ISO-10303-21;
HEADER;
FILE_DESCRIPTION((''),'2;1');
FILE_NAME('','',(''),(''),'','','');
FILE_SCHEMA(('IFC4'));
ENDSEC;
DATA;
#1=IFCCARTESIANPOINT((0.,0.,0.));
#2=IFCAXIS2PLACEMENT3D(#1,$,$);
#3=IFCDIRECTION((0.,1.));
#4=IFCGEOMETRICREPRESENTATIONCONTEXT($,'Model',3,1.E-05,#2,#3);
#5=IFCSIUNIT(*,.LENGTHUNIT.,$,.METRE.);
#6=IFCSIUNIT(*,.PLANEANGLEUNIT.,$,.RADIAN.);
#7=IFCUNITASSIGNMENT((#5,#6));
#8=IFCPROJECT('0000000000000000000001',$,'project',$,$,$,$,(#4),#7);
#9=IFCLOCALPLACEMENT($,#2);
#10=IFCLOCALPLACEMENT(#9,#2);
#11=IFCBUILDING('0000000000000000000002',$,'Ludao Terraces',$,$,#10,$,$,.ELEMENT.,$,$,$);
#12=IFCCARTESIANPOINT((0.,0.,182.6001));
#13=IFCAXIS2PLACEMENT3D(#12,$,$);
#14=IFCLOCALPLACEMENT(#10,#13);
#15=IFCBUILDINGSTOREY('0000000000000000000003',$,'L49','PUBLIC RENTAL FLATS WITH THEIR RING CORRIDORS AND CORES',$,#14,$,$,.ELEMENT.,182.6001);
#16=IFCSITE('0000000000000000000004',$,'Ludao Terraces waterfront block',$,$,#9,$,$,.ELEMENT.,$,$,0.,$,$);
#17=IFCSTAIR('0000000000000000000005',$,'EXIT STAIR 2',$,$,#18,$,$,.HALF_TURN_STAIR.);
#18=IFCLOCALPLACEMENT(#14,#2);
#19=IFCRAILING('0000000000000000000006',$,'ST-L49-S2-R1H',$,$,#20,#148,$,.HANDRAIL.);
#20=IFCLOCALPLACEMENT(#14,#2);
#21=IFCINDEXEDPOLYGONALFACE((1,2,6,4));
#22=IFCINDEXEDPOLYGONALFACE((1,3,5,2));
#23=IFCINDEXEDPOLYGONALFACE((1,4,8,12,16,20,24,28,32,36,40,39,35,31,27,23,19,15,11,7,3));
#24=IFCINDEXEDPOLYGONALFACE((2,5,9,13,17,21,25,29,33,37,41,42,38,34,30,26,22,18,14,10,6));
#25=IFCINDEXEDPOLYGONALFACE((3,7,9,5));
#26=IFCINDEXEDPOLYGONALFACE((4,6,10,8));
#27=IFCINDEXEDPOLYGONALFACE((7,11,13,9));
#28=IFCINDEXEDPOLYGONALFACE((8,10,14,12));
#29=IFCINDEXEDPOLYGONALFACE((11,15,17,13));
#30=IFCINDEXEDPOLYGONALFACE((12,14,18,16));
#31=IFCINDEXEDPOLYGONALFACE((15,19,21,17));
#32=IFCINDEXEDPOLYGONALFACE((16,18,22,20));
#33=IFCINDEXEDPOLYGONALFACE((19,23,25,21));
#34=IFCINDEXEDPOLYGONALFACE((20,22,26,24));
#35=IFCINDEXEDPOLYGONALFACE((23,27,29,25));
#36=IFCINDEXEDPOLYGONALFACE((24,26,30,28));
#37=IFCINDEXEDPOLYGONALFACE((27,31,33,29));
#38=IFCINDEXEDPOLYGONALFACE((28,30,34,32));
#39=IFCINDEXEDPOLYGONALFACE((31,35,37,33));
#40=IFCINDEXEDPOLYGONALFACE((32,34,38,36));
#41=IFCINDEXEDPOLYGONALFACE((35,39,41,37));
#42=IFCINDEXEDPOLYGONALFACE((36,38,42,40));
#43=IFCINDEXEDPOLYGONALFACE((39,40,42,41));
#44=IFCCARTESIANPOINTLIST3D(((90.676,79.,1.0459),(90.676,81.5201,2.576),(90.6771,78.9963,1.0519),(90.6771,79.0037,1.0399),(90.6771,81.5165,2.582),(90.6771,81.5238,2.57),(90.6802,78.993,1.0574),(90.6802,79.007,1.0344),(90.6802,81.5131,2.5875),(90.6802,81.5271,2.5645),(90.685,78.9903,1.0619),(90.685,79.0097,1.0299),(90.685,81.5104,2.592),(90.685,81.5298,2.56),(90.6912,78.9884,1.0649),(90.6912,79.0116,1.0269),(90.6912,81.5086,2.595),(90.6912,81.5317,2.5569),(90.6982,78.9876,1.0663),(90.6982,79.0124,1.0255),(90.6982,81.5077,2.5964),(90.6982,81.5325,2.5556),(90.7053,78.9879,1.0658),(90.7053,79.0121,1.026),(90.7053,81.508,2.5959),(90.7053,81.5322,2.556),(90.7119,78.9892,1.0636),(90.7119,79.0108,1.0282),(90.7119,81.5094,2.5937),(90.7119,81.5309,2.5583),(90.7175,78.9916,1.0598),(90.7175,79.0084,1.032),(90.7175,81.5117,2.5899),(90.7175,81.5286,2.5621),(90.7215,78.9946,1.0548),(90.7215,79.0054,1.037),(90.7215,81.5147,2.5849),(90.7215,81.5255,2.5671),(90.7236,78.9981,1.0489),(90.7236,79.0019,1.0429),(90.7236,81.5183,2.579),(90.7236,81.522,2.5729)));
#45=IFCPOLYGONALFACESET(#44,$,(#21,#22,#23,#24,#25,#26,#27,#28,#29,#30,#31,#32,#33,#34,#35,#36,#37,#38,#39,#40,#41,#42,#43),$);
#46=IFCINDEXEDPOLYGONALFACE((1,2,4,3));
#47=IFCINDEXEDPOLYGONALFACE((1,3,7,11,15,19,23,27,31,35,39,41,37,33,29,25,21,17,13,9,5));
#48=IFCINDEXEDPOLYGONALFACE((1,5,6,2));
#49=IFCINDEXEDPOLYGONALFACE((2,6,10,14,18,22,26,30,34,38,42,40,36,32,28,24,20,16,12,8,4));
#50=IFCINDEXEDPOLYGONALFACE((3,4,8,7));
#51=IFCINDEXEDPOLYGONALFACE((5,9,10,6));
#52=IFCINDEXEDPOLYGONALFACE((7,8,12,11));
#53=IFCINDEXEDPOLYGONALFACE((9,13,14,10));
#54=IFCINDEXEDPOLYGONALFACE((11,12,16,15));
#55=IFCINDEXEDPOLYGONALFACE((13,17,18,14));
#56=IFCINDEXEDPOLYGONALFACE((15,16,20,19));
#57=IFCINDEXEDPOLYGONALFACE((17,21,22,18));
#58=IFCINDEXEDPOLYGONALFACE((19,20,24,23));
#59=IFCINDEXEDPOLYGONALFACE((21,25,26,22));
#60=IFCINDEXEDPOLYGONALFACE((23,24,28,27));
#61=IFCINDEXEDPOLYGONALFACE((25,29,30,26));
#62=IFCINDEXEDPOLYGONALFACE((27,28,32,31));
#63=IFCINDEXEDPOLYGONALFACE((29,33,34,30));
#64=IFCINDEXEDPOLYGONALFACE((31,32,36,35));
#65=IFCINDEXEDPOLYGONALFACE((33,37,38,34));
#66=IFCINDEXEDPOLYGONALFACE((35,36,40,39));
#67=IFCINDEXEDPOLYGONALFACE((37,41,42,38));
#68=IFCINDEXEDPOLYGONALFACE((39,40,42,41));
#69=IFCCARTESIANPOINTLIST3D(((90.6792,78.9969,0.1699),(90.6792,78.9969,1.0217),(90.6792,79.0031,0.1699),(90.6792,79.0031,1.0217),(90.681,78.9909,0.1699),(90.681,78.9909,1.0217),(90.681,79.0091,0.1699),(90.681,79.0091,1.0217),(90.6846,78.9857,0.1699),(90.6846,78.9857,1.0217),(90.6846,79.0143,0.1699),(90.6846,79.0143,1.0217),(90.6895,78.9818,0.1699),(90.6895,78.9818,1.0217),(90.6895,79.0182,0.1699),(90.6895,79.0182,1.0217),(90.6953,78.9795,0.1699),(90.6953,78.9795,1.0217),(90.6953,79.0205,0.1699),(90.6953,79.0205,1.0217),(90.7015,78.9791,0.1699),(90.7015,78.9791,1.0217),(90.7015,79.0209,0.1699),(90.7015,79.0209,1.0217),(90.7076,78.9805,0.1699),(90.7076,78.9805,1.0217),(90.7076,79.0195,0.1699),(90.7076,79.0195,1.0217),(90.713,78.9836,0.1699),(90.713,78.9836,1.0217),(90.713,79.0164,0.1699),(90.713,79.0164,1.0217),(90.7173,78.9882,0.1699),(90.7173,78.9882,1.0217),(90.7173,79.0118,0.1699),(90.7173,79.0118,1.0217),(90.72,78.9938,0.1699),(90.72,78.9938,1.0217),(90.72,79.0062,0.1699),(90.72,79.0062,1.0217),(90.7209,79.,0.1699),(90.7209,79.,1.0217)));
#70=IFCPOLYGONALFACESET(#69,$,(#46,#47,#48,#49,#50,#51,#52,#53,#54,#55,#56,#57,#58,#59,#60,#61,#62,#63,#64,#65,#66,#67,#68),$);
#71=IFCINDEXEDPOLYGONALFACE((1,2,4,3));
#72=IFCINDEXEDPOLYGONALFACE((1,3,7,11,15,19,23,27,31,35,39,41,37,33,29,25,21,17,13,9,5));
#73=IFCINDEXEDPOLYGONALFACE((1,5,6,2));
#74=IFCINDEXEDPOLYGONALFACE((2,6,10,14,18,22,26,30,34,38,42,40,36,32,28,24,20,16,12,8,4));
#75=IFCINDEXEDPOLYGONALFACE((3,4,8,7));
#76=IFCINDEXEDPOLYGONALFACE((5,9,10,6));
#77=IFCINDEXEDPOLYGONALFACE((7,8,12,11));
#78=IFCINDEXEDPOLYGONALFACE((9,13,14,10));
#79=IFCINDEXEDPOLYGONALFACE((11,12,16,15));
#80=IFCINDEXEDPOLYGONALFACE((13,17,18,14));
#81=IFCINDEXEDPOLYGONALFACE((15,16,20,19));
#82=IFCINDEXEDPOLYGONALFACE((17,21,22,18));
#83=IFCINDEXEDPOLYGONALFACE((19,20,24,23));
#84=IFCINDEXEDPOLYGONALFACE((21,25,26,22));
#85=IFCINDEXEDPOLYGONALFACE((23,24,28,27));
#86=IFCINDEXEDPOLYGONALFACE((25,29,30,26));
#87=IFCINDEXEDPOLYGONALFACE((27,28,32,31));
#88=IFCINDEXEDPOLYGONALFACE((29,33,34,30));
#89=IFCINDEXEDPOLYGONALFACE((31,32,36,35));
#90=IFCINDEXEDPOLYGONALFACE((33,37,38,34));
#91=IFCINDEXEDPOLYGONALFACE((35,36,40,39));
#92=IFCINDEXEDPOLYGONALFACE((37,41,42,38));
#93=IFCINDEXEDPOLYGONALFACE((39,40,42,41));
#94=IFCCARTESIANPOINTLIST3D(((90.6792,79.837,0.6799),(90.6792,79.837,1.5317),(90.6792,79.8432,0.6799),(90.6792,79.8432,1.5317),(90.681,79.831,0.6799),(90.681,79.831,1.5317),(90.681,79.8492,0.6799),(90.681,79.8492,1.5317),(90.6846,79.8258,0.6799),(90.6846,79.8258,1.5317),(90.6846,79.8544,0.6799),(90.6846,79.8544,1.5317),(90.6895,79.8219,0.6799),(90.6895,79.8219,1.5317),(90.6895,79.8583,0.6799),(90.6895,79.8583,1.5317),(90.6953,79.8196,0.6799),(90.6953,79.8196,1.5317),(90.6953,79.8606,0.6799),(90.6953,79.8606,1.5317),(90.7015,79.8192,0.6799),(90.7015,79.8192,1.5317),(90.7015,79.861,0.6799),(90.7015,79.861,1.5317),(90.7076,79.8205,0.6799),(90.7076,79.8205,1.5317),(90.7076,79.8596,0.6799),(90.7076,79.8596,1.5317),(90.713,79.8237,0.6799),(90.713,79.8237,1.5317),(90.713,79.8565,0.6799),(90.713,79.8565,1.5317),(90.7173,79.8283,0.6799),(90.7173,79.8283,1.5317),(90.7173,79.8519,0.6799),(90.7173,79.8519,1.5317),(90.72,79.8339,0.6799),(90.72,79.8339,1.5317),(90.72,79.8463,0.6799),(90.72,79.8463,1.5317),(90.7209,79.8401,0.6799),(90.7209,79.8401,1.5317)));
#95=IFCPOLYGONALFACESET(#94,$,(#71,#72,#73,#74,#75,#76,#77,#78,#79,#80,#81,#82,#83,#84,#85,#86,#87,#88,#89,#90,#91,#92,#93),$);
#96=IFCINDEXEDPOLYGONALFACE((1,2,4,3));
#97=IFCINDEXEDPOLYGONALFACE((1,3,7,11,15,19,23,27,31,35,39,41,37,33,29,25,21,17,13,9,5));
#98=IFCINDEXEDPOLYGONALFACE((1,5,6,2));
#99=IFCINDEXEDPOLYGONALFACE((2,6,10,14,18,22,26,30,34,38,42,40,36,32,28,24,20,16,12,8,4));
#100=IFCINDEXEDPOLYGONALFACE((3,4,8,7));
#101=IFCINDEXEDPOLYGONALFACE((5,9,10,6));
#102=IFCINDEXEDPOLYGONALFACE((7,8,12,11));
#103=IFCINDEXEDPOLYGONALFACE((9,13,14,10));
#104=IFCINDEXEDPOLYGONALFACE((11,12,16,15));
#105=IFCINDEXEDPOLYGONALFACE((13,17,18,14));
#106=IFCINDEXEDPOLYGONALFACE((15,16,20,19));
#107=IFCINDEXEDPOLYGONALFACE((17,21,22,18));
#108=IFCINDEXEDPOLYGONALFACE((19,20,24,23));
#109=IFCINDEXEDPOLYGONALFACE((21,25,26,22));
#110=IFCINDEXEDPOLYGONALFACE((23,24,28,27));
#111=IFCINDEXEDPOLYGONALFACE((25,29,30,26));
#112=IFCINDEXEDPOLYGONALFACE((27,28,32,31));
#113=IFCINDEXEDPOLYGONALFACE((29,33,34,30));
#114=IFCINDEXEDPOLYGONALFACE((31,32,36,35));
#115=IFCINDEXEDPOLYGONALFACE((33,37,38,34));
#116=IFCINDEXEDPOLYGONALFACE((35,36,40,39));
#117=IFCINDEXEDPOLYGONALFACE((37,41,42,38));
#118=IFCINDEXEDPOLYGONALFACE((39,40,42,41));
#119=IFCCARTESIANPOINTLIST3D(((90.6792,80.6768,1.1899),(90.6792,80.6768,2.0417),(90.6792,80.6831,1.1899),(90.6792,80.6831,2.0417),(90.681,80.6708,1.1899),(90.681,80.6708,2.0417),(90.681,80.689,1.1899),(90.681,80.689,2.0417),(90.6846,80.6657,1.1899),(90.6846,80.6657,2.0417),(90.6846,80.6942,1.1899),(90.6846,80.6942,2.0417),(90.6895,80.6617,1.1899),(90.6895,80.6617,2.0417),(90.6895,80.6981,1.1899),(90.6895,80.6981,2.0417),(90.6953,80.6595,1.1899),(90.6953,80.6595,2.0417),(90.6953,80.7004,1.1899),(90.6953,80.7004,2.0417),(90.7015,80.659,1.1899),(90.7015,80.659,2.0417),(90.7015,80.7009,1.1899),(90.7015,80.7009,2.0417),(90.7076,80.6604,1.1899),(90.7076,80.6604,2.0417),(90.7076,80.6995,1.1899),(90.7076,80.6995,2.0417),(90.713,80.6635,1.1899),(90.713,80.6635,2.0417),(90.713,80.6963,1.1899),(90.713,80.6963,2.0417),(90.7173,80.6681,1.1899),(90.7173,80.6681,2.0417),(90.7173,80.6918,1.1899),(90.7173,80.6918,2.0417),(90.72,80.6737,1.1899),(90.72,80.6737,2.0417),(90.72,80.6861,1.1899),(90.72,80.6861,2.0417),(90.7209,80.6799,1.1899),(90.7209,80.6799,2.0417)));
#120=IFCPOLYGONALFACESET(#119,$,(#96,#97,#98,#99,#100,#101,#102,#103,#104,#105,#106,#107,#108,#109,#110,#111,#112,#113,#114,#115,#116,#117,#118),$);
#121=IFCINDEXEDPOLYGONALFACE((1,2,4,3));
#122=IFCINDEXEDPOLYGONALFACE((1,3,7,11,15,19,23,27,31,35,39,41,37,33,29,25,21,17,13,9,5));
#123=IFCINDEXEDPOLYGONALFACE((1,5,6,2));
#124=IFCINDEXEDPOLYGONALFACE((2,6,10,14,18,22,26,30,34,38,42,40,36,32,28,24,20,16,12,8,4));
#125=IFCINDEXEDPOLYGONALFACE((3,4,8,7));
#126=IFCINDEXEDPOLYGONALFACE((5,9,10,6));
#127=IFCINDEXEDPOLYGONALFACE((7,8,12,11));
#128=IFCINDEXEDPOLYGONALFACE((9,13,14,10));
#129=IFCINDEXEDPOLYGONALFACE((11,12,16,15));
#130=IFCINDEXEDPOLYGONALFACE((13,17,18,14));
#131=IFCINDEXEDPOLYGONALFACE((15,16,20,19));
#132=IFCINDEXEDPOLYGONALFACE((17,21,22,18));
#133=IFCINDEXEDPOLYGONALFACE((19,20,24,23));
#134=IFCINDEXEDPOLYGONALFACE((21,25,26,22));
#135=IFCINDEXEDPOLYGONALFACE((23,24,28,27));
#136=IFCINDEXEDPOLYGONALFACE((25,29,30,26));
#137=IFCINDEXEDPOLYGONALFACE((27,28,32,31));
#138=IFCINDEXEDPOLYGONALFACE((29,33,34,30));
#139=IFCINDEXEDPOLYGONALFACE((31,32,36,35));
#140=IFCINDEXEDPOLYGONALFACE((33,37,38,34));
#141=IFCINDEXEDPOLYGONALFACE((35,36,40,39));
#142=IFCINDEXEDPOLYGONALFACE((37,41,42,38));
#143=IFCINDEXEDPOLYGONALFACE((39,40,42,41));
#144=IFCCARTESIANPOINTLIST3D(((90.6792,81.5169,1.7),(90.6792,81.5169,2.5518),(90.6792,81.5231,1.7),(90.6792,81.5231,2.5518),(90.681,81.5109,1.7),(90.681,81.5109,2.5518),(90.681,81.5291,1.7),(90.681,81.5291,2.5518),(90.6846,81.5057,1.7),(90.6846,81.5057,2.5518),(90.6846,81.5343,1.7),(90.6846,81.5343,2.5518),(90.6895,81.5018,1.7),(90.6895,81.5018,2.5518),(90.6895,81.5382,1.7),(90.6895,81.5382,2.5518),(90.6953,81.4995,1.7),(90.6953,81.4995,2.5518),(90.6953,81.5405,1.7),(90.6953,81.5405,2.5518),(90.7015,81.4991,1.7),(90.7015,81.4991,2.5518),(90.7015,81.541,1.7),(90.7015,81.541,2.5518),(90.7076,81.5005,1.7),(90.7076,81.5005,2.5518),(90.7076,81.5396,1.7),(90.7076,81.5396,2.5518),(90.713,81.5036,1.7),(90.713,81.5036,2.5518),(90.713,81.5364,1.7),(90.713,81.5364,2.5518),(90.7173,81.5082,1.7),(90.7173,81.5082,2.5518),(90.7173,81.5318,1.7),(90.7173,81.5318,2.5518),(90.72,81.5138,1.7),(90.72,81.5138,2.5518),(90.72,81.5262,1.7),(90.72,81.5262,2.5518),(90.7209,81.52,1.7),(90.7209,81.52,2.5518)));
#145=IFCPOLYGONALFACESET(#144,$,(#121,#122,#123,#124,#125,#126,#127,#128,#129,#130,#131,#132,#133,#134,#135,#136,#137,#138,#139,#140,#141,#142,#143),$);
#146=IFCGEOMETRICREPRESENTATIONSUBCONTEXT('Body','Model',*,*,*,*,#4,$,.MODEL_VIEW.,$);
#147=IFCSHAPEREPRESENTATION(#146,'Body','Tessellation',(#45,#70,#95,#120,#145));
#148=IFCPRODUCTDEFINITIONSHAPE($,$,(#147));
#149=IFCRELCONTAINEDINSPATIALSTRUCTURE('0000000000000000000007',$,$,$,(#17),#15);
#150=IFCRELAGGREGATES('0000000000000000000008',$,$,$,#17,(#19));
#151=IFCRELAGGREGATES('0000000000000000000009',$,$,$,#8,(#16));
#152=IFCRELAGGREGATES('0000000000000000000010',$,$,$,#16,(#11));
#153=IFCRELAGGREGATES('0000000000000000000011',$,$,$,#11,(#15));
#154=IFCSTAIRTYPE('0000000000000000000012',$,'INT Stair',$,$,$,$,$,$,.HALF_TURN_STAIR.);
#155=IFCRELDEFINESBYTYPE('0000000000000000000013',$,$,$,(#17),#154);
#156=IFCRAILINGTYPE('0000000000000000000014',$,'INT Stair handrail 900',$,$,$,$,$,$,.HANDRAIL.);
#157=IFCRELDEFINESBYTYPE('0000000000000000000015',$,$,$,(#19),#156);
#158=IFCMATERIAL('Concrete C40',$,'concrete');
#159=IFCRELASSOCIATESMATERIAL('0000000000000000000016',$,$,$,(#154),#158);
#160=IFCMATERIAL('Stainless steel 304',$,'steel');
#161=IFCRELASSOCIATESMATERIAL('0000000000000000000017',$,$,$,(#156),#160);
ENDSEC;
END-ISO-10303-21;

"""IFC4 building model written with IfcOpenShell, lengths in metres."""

from ifc_helpers import new_model, si_unit, direction, frame, origin, origin_2d, place, context, subcontext, project, spatial, circle, extrude, material, type_object, element, aggregate, save


model = new_model("IFC4")

# Units and contexts
model_context = context("Model", 3, precision=1e-05, world=origin(), true_north=direction((0.0, 1.0)))
body_context = subcontext(model_context, "Body", "Model", "MODEL_VIEW")
ifc_project = project(units=[si_unit("LENGTHUNIT", "METRE"), si_unit("PLANEANGLEUNIT", "RADIAN")], contexts=[model_context])

# Site, building, storey
site_placement = place(None, origin())
site = spatial("IfcSite", under=ifc_project, at=site_placement, Name="Ludao Terraces waterfront block", CompositionType="ELEMENT", RefElevation=0.0)
building_placement = place(site_placement, origin())
building = spatial("IfcBuilding", under=site, at=building_placement, Name="Ludao Terraces", CompositionType="ELEMENT")
storey_placement = place(building_placement, frame((0.0, 0.0, 182.6001)))
storey = spatial("IfcBuildingStorey", under=building, at=storey_placement, Name="L49", Description="PUBLIC RENTAL FLATS WITH THEIR RING CORRIDORS AND CORES", CompositionType="ELEMENT", Elevation=182.6001)

# Shared definitions
ifc_material_1 = material(Name="Concrete C40", Category="concrete")

# Shared definitions
ifc_material_2 = material(Name="Stainless steel 304", Category="steel")

# Stair, railing
stair_type = type_object("IfcStairType", Name="INT Stair", PredefinedType="HALF_TURN_STAIR", material=ifc_material_1)
stair_placement = place(storey_placement, origin())
stair = element("IfcStair", 1, at=stair_placement, inside=storey, type_object=stair_type, Name="EXIT STAIR 2", PredefinedType="HALF_TURN_STAIR")
railing_type_1 = type_object("IfcRailingType", Name="INT Stair handrail 900", PredefinedType="HANDRAIL", material=ifc_material_2)
railing_1_placement = place(storey_placement, frame((90.7, 79.0, 0.1699)))
railing_1 = element("IfcRailing", 2, at=railing_1_placement, type_object=railing_type_1, Name="ST-L49-S2-R1H", PredefinedType="HANDRAIL", context=body_context, shape_type="SweptSolid", body=[
    extrude(circle(Radius=0.0239, at=origin_2d()), frame((0.0, 0.0, 0.876), z_axis=(0.0, 0.854785, 0.518982), x_axis=(-1.0, 0.0, 0.0)), (0.0, 0.0, 1.0), 2.9482),
    extrude(circle(Radius=0.021, at=origin_2d()), origin(), (0.0, 0.0, 1.0), 0.8518),
    extrude(circle(Radius=0.021, at=origin_2d()), frame((0.0, 0.8401, 0.51)), (0.0, 0.0, 1.0), 0.8518),
    extrude(circle(Radius=0.021, at=origin_2d()), frame((0.0, 1.6799, 1.02)), (0.0, 0.0, 1.0), 0.8518),
    extrude(circle(Radius=0.021, at=origin_2d()), frame((0.0, 2.52, 1.53)), (0.0, 0.0, 1.0), 0.8518),
])
aggregate(stair, [railing_1])

save(model, "model.ifc")
